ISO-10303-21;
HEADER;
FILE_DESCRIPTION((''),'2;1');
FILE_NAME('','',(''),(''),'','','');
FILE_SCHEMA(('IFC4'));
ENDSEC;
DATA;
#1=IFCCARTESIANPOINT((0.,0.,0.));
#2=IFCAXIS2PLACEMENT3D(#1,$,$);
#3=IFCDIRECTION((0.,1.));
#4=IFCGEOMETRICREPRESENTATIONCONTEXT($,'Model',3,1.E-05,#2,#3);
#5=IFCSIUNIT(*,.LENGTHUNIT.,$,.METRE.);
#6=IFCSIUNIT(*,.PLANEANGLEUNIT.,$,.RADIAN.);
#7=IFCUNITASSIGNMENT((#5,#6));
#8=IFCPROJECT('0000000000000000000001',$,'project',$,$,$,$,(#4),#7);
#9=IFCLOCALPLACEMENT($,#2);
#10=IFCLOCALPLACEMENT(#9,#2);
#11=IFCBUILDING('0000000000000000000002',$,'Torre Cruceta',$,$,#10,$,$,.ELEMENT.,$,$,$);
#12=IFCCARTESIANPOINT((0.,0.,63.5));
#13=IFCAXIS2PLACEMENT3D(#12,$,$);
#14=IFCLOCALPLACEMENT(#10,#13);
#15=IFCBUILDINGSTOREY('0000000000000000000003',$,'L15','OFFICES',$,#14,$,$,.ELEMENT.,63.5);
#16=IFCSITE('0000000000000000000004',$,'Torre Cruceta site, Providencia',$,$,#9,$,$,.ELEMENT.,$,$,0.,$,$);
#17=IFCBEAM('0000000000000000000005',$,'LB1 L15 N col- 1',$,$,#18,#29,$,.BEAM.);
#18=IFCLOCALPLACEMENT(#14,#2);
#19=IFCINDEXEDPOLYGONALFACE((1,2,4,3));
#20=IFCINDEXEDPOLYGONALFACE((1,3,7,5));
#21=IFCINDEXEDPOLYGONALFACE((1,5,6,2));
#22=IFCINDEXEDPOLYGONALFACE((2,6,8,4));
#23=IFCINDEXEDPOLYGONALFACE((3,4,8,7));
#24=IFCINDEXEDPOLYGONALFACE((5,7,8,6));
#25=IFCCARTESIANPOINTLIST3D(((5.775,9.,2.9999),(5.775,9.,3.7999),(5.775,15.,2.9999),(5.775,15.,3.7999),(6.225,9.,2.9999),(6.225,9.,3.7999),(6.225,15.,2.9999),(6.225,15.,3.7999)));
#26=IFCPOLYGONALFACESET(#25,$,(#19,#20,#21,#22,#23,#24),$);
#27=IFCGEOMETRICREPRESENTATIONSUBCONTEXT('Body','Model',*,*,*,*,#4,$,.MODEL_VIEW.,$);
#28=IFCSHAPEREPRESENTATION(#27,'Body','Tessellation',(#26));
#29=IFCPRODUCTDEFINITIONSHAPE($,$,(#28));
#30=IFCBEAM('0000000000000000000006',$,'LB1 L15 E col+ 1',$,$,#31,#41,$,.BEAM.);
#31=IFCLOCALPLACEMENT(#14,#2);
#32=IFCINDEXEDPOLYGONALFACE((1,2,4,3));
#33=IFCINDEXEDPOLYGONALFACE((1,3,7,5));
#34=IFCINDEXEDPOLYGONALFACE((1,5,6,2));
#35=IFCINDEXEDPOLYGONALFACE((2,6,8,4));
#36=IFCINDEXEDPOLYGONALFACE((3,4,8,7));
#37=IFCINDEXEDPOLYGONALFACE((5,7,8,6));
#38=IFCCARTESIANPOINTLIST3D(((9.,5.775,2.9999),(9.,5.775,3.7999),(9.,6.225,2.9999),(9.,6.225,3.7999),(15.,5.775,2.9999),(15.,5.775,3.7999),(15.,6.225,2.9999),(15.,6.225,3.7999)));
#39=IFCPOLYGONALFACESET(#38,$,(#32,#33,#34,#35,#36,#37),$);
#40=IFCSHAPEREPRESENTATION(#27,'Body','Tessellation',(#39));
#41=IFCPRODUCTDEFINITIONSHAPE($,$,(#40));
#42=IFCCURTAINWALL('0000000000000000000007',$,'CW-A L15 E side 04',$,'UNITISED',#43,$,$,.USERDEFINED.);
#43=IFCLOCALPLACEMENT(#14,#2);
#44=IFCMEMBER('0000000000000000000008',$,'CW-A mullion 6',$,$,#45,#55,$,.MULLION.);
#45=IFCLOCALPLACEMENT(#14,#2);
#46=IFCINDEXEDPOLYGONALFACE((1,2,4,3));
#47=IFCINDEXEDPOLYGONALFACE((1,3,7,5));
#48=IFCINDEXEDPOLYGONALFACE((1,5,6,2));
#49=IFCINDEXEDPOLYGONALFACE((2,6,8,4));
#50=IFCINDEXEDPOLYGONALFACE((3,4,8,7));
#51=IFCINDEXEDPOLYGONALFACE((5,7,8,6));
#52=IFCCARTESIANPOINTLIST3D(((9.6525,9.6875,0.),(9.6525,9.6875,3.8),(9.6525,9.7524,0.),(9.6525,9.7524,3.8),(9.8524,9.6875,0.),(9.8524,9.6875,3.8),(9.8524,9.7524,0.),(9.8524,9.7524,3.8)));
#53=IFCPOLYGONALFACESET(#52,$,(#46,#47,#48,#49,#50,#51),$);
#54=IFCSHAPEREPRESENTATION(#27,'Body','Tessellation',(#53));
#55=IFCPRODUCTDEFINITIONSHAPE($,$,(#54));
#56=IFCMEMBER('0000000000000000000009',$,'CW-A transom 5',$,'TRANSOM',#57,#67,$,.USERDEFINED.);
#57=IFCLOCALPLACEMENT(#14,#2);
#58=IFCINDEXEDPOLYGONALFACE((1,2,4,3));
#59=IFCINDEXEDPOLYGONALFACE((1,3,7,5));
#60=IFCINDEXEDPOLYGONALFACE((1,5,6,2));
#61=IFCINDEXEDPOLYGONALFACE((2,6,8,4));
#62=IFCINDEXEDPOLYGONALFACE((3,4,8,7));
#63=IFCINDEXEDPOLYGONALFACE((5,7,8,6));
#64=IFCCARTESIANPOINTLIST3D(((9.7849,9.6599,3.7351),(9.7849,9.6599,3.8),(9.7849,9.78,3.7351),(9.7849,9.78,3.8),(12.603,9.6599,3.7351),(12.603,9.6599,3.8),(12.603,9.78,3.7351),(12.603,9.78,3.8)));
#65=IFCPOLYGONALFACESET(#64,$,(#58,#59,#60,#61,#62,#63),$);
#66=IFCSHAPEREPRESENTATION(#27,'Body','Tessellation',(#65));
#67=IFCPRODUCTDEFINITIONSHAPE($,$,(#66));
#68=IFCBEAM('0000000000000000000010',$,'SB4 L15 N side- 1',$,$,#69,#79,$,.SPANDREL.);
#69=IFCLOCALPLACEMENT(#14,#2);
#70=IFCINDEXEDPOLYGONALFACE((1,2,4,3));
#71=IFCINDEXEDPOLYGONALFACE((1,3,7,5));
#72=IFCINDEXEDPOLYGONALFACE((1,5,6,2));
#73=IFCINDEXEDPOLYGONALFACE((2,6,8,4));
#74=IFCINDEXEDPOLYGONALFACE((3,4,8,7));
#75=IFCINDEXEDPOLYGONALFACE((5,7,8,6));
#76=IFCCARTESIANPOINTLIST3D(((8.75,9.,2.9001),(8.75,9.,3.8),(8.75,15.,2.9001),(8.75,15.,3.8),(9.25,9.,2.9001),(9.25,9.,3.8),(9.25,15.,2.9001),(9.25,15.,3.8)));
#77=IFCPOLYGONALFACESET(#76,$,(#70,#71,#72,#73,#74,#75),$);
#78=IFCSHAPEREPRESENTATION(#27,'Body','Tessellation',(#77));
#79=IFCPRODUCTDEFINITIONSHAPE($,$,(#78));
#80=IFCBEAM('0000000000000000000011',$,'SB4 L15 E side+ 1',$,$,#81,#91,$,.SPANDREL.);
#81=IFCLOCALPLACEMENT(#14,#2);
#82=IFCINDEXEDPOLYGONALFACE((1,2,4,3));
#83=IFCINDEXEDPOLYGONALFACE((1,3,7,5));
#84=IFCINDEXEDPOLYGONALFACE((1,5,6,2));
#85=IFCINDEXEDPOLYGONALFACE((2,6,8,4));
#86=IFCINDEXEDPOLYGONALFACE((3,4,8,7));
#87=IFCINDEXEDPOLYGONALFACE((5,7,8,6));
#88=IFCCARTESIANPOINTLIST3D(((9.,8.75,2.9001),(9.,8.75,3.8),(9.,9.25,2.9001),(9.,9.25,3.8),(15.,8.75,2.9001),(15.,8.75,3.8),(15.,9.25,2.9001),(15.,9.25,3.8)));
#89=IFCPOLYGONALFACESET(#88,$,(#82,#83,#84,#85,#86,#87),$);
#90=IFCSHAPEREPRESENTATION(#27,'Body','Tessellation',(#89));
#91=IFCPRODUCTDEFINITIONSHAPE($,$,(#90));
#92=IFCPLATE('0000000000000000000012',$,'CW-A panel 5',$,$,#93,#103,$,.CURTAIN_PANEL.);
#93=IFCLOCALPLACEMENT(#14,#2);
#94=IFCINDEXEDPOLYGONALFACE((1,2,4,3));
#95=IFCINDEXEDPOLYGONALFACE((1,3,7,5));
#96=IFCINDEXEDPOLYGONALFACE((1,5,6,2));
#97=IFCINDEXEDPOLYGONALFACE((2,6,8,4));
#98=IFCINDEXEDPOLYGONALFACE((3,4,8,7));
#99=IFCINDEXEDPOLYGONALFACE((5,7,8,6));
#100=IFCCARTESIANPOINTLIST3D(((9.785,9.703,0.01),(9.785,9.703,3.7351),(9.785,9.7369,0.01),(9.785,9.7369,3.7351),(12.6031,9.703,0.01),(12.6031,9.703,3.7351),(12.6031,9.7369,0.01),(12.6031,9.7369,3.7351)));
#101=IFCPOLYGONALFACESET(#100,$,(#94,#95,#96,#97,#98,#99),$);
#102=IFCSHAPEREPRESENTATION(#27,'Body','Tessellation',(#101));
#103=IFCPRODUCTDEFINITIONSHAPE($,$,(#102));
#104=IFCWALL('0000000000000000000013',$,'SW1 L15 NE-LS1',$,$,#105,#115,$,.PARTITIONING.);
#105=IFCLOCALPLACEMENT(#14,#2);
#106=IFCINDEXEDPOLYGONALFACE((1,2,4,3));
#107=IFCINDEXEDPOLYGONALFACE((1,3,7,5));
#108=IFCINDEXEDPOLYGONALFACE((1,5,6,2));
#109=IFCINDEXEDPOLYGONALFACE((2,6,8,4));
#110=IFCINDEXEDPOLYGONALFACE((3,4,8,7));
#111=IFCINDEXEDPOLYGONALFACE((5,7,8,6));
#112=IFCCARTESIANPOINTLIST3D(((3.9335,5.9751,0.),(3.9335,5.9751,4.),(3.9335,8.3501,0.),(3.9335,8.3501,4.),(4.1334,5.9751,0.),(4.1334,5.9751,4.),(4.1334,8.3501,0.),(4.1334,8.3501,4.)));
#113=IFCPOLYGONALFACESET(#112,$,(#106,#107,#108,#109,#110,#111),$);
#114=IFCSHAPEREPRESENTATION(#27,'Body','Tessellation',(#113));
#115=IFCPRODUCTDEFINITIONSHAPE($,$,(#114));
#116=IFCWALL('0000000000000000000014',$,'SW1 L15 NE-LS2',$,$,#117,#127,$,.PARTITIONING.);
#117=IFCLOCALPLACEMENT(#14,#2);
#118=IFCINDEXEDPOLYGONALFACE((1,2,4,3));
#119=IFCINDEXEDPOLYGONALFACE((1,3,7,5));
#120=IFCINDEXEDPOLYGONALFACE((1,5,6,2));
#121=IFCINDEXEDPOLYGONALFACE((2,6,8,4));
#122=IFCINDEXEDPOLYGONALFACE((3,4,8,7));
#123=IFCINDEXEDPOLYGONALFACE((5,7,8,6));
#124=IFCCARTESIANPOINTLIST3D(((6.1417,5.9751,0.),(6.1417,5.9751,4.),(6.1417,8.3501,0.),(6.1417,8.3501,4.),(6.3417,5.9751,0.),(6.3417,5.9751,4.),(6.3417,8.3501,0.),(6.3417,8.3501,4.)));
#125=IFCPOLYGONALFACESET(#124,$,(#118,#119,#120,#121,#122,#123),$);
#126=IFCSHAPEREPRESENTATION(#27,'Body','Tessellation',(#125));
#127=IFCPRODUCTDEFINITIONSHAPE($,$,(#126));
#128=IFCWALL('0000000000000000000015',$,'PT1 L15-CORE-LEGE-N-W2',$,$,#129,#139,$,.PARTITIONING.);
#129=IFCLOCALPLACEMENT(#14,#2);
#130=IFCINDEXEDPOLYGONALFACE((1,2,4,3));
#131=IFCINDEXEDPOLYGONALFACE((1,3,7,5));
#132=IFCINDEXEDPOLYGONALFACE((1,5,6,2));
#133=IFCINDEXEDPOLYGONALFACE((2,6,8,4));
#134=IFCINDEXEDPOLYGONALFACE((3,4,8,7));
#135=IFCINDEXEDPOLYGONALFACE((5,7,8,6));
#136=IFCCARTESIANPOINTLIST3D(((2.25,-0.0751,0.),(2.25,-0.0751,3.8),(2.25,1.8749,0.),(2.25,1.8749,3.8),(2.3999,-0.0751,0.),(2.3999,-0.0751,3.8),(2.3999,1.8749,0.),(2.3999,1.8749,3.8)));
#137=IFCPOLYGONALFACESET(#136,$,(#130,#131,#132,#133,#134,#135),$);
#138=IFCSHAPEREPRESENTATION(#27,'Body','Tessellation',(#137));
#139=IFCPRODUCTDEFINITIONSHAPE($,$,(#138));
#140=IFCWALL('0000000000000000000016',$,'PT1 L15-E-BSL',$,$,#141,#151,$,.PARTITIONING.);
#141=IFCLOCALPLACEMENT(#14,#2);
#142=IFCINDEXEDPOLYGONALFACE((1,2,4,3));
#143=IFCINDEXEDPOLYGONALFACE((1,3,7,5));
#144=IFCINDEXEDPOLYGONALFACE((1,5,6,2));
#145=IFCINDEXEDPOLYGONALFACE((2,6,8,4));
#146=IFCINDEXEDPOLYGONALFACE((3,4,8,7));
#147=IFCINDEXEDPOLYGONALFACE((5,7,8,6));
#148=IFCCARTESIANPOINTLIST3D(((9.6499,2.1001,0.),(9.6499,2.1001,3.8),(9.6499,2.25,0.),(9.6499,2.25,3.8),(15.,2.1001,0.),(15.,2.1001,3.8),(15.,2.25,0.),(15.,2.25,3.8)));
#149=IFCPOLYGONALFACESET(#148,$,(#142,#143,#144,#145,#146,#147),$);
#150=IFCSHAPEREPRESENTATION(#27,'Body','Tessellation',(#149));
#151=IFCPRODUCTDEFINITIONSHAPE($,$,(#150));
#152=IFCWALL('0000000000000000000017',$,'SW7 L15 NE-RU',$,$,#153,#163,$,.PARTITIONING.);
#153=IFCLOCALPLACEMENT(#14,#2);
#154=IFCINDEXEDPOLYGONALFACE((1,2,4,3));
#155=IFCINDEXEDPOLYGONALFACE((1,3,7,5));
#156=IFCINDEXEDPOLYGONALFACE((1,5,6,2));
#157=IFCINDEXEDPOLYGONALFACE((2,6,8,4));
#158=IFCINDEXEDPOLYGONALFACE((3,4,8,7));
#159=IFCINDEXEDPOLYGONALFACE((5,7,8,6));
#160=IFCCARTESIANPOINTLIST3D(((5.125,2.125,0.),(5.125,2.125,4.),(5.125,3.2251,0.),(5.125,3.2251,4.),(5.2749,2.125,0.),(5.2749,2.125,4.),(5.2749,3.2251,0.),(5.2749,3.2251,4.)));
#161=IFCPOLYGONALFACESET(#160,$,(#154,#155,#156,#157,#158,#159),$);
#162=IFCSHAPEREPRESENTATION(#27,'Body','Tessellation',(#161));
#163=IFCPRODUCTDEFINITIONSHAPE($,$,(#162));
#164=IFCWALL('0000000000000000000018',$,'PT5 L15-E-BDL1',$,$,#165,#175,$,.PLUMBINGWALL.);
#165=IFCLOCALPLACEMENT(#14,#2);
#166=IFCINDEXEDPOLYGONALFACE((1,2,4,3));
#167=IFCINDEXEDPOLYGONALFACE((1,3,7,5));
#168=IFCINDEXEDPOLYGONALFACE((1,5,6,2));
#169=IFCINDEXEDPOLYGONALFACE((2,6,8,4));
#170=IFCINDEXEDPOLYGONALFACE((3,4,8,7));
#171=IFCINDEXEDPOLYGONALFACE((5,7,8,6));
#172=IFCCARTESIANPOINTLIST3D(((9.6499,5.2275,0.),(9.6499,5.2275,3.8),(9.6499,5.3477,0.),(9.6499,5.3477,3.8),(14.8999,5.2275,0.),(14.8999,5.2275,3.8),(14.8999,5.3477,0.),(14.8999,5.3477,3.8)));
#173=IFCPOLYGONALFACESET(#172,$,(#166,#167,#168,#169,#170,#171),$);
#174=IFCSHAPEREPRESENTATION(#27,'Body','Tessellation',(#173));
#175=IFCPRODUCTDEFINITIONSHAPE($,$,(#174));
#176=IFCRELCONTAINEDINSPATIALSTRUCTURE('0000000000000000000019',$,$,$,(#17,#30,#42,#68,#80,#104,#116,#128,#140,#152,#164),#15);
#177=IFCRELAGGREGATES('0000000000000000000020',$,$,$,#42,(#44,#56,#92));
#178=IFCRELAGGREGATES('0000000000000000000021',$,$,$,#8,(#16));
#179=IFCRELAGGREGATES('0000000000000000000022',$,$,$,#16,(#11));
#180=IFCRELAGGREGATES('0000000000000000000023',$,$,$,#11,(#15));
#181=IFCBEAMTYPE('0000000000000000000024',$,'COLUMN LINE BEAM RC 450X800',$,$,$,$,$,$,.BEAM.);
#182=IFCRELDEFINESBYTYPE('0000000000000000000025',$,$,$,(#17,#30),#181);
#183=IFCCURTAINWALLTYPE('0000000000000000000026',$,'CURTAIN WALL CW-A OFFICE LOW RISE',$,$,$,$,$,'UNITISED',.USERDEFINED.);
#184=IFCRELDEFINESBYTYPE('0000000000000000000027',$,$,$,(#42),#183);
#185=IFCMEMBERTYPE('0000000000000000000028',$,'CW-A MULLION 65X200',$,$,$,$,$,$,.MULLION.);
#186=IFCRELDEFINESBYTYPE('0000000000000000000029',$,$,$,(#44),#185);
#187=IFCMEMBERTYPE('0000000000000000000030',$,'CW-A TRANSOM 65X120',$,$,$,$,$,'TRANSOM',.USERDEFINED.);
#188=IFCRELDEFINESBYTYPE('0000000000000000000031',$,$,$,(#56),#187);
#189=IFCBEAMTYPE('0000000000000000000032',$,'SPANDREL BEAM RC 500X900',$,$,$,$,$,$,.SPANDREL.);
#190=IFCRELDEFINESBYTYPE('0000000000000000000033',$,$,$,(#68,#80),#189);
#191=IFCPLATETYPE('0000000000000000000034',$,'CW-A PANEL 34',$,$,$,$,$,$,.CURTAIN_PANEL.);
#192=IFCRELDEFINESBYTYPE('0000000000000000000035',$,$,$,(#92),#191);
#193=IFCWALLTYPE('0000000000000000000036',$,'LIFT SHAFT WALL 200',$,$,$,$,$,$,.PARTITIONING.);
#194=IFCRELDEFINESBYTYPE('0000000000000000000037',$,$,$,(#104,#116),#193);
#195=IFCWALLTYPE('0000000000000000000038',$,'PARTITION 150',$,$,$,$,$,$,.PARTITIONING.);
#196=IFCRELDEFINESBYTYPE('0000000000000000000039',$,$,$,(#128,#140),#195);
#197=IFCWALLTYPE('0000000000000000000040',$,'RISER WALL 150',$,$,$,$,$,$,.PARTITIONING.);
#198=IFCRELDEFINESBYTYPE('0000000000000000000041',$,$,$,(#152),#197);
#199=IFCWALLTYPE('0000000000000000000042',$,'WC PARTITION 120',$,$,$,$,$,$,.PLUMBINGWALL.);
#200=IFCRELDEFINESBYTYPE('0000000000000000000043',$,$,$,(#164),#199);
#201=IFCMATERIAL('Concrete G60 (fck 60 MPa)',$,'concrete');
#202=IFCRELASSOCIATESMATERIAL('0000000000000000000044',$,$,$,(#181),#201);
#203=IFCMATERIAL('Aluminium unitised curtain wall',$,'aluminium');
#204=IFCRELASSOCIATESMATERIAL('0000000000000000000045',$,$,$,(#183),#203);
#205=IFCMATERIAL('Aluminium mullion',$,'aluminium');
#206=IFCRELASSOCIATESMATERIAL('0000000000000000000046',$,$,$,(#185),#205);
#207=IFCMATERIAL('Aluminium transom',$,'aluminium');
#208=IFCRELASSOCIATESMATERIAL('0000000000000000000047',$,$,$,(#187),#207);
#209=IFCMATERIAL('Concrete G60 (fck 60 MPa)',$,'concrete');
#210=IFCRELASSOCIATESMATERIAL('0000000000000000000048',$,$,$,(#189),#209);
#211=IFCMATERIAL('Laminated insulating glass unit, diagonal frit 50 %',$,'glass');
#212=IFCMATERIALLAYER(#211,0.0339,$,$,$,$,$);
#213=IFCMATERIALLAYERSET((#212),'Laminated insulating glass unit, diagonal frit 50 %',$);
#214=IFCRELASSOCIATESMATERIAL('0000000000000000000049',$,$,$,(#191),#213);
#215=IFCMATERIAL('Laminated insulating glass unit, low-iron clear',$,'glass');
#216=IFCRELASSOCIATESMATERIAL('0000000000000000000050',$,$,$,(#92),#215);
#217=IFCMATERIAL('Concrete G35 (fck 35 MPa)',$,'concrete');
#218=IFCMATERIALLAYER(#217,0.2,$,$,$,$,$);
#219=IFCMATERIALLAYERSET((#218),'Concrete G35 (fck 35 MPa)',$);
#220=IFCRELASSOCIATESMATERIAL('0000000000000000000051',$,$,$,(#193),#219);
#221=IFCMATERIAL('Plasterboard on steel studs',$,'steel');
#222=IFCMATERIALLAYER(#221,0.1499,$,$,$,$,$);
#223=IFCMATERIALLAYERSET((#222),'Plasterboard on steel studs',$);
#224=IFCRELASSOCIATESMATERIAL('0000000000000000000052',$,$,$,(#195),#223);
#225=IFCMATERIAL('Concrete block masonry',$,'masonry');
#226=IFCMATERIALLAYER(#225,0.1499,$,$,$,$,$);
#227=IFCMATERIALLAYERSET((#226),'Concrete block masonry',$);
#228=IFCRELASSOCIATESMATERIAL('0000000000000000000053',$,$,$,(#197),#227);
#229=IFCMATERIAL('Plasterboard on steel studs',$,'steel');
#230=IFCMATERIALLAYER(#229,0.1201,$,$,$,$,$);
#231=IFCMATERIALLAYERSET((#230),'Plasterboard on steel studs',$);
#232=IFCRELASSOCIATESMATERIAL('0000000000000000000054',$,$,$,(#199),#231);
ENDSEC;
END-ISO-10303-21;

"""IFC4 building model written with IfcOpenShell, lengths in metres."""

from ifc_helpers import new_model, si_unit, direction, frame, frame_2d, origin, origin_2d, place, context, subcontext, project, spatial, rectangle, extrude, material, layer, layer_set, material_profile, profile_set, type_object, element, aggregate, save


model = new_model("IFC4")

# Units and contexts
model_context = context("Model", 3, precision=1e-05, world=origin(), true_north=direction((0.0, 1.0)))
body_context = subcontext(model_context, "Body", "Model", "MODEL_VIEW")
ifc_project = project(units=[si_unit("LENGTHUNIT", "METRE"), si_unit("PLANEANGLEUNIT", "RADIAN")], contexts=[model_context])

# Site, building, storey
site_placement = place(None, origin())
site = spatial("IfcSite", under=ifc_project, at=site_placement, Name="Torre Cruceta site, Providencia", CompositionType="ELEMENT", RefElevation=0.0)
building_placement = place(site_placement, origin())
building = spatial("IfcBuilding", under=site, at=building_placement, Name="Torre Cruceta", CompositionType="ELEMENT")
storey_placement = place(building_placement, frame((0.0, 0.0, 63.5)))
storey = spatial("IfcBuildingStorey", under=building, at=storey_placement, Name="L15", Description="OFFICES", CompositionType="ELEMENT", Elevation=63.5)

# Beams
ifc_material_1 = material(Name="Concrete G60 (fck 60 MPa)", Category="concrete")
ifc_material_profile_1 = material_profile(ifc_material_1, rectangle(XDim=0.45, YDim=0.8, at=origin_2d()), Name="RC 450X800")
ifc_profile_set_1 = profile_set([ifc_material_profile_1], Name="Concrete G60 (fck 60 MPa)")
beam_type_1 = type_object("IfcBeamType", Name="COLUMN LINE BEAM RC 450X800", PredefinedType="BEAM", material=ifc_profile_set_1)
for number, where, z_axis, x_axis, name in (
    (1, (6.0, 9.0, 3.3999), (0.0, 1.0, 0.0), (-1.0, 0.0, 0.0), "LB1 L15 N col- 1"),
    (2, (9.0, 6.0, 3.3999), (1.0, 0.0, 0.0), (0.0, 1.0, 0.0), "LB1 L15 E col+ 1"),
):
    element("IfcBeam", number, at=place(storey_placement, frame(where, z_axis=z_axis, x_axis=x_axis)), inside=storey, type_object=beam_type_1, Name=name, PredefinedType="BEAM", context=body_context, shape_type="SweptSolid", body=[
        extrude(rectangle(XDim=0.45, YDim=0.8, at=origin_2d()), origin(), (0.0, 0.0, 1.0), 6.0),
    ])

# Curtain wall, members
ifc_material_2 = material(Name="Aluminium unitised curtain wall", Category="aluminium")
curtain_wall_type = type_object("IfcCurtainWallType", Name="CURTAIN WALL CW-A OFFICE LOW RISE", ElementType="UNITISED", PredefinedType="USERDEFINED", material=ifc_material_2)
curtain_wall_placement = place(storey_placement, origin())
curtain_wall = element("IfcCurtainWall", 3, at=curtain_wall_placement, inside=storey, type_object=curtain_wall_type, Name="CW-A L15 E side 04", ObjectType="UNITISED", PredefinedType="USERDEFINED")
ifc_material_3 = material(Name="Aluminium mullion", Category="aluminium")
ifc_material_profile_2 = material_profile(ifc_material_3, rectangle(XDim=0.0649, YDim=0.2, at=origin_2d()), Name="AL 65X200")
ifc_profile_set_2 = profile_set([ifc_material_profile_2], Name="Aluminium mullion")
member_type_1 = type_object("IfcMemberType", Name="CW-A MULLION 65X200", PredefinedType="MULLION", material=ifc_profile_set_2)
member_1_placement = place(storey_placement, frame((9.7524, 9.72, 0.0), z_axis=(0.0, 0.0, 1.0), x_axis=(0.0, -1.0, 0.0)))
member_1 = element("IfcMember", 4, at=member_1_placement, type_object=member_type_1, Name="CW-A mullion 6", PredefinedType="MULLION", context=body_context, shape_type="SweptSolid", body=[
    extrude(rectangle(XDim=0.0649, YDim=0.2, at=origin_2d()), origin(), (0.0, 0.0, 1.0), 3.8),
])
ifc_material_4 = material(Name="Aluminium transom", Category="aluminium")
ifc_material_profile_3 = material_profile(ifc_material_4, rectangle(XDim=0.1201, YDim=0.0649, at=origin_2d()), Name="AL 120X65")
ifc_profile_set_3 = profile_set([ifc_material_profile_3], Name="Aluminium transom")
member_type_2 = type_object("IfcMemberType", Name="CW-A TRANSOM 65X120", ElementType="TRANSOM", PredefinedType="USERDEFINED", material=ifc_profile_set_3)
member_2_placement = place(storey_placement, frame((12.603, 9.72, 3.7676), z_axis=(-1.0, 0.0, 0.0), x_axis=(0.0, -1.0, 0.0)))
member_2 = element("IfcMember", 5, at=member_2_placement, type_object=member_type_2, Name="CW-A transom 5", ObjectType="TRANSOM", PredefinedType="USERDEFINED", context=body_context, shape_type="SweptSolid", body=[
    extrude(rectangle(XDim=0.1201, YDim=0.0649, at=origin_2d()), origin(), (0.0, 0.0, 1.0), 2.8181),
])

# Beams
ifc_material_5 = material(Name="Concrete G60 (fck 60 MPa)", Category="concrete")
ifc_material_profile_4 = material_profile(ifc_material_5, rectangle(XDim=0.5, YDim=0.8999, at=origin_2d()), Name="RC 500X900")
ifc_profile_set_4 = profile_set([ifc_material_profile_4], Name="Concrete G60 (fck 60 MPa)")
beam_type_2 = type_object("IfcBeamType", Name="SPANDREL BEAM RC 500X900", PredefinedType="SPANDREL", material=ifc_profile_set_4)
for number, where, z_axis, x_axis, name in (
    (6, (9.0, 9.0, 3.3501), (0.0, 1.0, 0.0), (-1.0, 0.0, 0.0), "SB4 L15 N side- 1"),
    (7, (9.0, 9.0, 3.3501), (1.0, 0.0, 0.0), (0.0, 1.0, 0.0), "SB4 L15 E side+ 1"),
):
    element("IfcBeam", number, at=place(storey_placement, frame(where, z_axis=z_axis, x_axis=x_axis)), inside=storey, type_object=beam_type_2, Name=name, PredefinedType="SPANDREL", context=body_context, shape_type="SweptSolid", body=[
        extrude(rectangle(XDim=0.5, YDim=0.8999, at=origin_2d()), origin(), (0.0, 0.0, 1.0), 6.0),
    ])

# Plate
ifc_material_6 = material(Name="Laminated insulating glass unit, low-iron clear", Category="glass")
ifc_material_7 = material(Name="Laminated insulating glass unit, diagonal frit 50 %", Category="glass")
ifc_layer_1 = layer(ifc_material_7, 0.0339)
ifc_layer_set_1 = layer_set([ifc_layer_1], Name="Laminated insulating glass unit, diagonal frit 50 %")
plate_type = type_object("IfcPlateType", Name="CW-A PANEL 34", PredefinedType="CURTAIN_PANEL", material=ifc_layer_set_1)
plate_placement = place(storey_placement, frame((11.1941, 9.72, 0.01), z_axis=(0.0, 0.0, 1.0), x_axis=(-1.0, 0.0, 0.0)))
plate = element("IfcPlate", 8, at=plate_placement, type_object=plate_type, material=ifc_material_6, Name="CW-A panel 5", PredefinedType="CURTAIN_PANEL", context=body_context, shape_type="SweptSolid", body=[
    extrude(rectangle(XDim=2.8181, YDim=0.0339, at=origin_2d()), origin(), (0.0, 0.0, 1.0), 3.7251),
])
aggregate(curtain_wall, [member_1, member_2, plate])

# Walls
ifc_material_8 = material(Name="Concrete G35 (fck 35 MPa)", Category="concrete")
ifc_layer_2 = layer(ifc_material_8, 0.2)
ifc_layer_set_2 = layer_set([ifc_layer_2], Name="Concrete G35 (fck 35 MPa)")
wall_type_1 = type_object("IfcWallType", Name="LIFT SHAFT WALL 200", PredefinedType="PARTITIONING", material=ifc_layer_set_2)
for number, where, z_axis, x_axis, name in (
    (9, (4.0334, 5.9751, 0.0), (0.0, 0.0, 1.0), (0.0, 1.0, 0.0), "SW1 L15 NE-LS1"),
    (10, (6.2417, 5.9751, 0.0), (0.0, 0.0, 1.0), (0.0, 1.0, 0.0), "SW1 L15 NE-LS2"),
):
    element("IfcWall", number, at=place(storey_placement, frame(where, z_axis=z_axis, x_axis=x_axis)), inside=storey, type_object=wall_type_1, Name=name, PredefinedType="PARTITIONING", context=body_context, shape_type="SweptSolid", body=[
        extrude(rectangle(XDim=2.375, YDim=0.2, at=frame_2d((1.1875, 0.0))), origin(), (0.0, 0.0, 1.0), 4.0),
    ])
ifc_material_9 = material(Name="Plasterboard on steel studs", Category="steel")
ifc_layer_3 = layer(ifc_material_9, 0.1499)
ifc_layer_set_3 = layer_set([ifc_layer_3], Name="Plasterboard on steel studs")
wall_type_2 = type_object("IfcWallType", Name="PARTITION 150", PredefinedType="PARTITIONING", material=ifc_layer_set_3)
wall_1_placement = place(storey_placement, frame((2.325, 1.875, 0.0), z_axis=(0.0, 0.0, 1.0), x_axis=(0.0, -1.0, 0.0)))
element("IfcWall", 11, at=wall_1_placement, inside=storey, type_object=wall_type_2, Name="PT1 L15-CORE-LEGE-N-W2", PredefinedType="PARTITIONING", context=body_context, shape_type="SweptSolid", body=[
    extrude(rectangle(XDim=1.95, YDim=0.1499, at=frame_2d((0.9751, 0.0))), origin(), (0.0, 0.0, 1.0), 3.8),
])
wall_2_placement = place(storey_placement, frame((9.6499, 2.175, 0.0), z_axis=(0.0, 0.0, 1.0), x_axis=(1.0, 0.0, 0.0)))
element("IfcWall", 12, at=wall_2_placement, inside=storey, type_object=wall_type_2, Name="PT1 L15-E-BSL", PredefinedType="PARTITIONING", context=body_context, shape_type="SweptSolid", body=[
    extrude(rectangle(XDim=5.3501, YDim=0.1499, at=frame_2d((2.675, 0.0))), origin(), (0.0, 0.0, 1.0), 3.8),
])
ifc_material_10 = material(Name="Concrete block masonry", Category="masonry")
ifc_layer_4 = layer(ifc_material_10, 0.1499)
ifc_layer_set_4 = layer_set([ifc_layer_4], Name="Concrete block masonry")
wall_type_3 = type_object("IfcWallType", Name="RISER WALL 150", PredefinedType="PARTITIONING", material=ifc_layer_set_4)
wall_3_placement = place(storey_placement, frame((5.2, 2.125, 0.0), z_axis=(0.0, 0.0, 1.0), x_axis=(0.0, 1.0, 0.0)))
element("IfcWall", 13, at=wall_3_placement, inside=storey, type_object=wall_type_3, Name="SW7 L15 NE-RU", PredefinedType="PARTITIONING", context=body_context, shape_type="SweptSolid", body=[
    extrude(rectangle(XDim=1.1001, YDim=0.1499, at=frame_2d((0.55, 0.0))), origin(), (0.0, 0.0, 1.0), 4.0),
])
ifc_material_11 = material(Name="Plasterboard on steel studs", Category="steel")
ifc_layer_5 = layer(ifc_material_11, 0.1201)
ifc_layer_set_5 = layer_set([ifc_layer_5], Name="Plasterboard on steel studs")
wall_type_4 = type_object("IfcWallType", Name="WC PARTITION 120", PredefinedType="PLUMBINGWALL", material=ifc_layer_set_5)
wall_4_placement = place(storey_placement, frame((9.6499, 5.2876, 0.0), z_axis=(0.0, 0.0, 1.0), x_axis=(1.0, 0.0, 0.0)))
element("IfcWall", 14, at=wall_4_placement, inside=storey, type_object=wall_type_4, Name="PT5 L15-E-BDL1", PredefinedType="PLUMBINGWALL", context=body_context, shape_type="SweptSolid", body=[
    extrude(rectangle(XDim=5.25, YDim=0.1201, at=frame_2d((2.625, 0.0))), origin(), (0.0, 0.0, 1.0), 3.8),
])

save(model, "model.ifc")
